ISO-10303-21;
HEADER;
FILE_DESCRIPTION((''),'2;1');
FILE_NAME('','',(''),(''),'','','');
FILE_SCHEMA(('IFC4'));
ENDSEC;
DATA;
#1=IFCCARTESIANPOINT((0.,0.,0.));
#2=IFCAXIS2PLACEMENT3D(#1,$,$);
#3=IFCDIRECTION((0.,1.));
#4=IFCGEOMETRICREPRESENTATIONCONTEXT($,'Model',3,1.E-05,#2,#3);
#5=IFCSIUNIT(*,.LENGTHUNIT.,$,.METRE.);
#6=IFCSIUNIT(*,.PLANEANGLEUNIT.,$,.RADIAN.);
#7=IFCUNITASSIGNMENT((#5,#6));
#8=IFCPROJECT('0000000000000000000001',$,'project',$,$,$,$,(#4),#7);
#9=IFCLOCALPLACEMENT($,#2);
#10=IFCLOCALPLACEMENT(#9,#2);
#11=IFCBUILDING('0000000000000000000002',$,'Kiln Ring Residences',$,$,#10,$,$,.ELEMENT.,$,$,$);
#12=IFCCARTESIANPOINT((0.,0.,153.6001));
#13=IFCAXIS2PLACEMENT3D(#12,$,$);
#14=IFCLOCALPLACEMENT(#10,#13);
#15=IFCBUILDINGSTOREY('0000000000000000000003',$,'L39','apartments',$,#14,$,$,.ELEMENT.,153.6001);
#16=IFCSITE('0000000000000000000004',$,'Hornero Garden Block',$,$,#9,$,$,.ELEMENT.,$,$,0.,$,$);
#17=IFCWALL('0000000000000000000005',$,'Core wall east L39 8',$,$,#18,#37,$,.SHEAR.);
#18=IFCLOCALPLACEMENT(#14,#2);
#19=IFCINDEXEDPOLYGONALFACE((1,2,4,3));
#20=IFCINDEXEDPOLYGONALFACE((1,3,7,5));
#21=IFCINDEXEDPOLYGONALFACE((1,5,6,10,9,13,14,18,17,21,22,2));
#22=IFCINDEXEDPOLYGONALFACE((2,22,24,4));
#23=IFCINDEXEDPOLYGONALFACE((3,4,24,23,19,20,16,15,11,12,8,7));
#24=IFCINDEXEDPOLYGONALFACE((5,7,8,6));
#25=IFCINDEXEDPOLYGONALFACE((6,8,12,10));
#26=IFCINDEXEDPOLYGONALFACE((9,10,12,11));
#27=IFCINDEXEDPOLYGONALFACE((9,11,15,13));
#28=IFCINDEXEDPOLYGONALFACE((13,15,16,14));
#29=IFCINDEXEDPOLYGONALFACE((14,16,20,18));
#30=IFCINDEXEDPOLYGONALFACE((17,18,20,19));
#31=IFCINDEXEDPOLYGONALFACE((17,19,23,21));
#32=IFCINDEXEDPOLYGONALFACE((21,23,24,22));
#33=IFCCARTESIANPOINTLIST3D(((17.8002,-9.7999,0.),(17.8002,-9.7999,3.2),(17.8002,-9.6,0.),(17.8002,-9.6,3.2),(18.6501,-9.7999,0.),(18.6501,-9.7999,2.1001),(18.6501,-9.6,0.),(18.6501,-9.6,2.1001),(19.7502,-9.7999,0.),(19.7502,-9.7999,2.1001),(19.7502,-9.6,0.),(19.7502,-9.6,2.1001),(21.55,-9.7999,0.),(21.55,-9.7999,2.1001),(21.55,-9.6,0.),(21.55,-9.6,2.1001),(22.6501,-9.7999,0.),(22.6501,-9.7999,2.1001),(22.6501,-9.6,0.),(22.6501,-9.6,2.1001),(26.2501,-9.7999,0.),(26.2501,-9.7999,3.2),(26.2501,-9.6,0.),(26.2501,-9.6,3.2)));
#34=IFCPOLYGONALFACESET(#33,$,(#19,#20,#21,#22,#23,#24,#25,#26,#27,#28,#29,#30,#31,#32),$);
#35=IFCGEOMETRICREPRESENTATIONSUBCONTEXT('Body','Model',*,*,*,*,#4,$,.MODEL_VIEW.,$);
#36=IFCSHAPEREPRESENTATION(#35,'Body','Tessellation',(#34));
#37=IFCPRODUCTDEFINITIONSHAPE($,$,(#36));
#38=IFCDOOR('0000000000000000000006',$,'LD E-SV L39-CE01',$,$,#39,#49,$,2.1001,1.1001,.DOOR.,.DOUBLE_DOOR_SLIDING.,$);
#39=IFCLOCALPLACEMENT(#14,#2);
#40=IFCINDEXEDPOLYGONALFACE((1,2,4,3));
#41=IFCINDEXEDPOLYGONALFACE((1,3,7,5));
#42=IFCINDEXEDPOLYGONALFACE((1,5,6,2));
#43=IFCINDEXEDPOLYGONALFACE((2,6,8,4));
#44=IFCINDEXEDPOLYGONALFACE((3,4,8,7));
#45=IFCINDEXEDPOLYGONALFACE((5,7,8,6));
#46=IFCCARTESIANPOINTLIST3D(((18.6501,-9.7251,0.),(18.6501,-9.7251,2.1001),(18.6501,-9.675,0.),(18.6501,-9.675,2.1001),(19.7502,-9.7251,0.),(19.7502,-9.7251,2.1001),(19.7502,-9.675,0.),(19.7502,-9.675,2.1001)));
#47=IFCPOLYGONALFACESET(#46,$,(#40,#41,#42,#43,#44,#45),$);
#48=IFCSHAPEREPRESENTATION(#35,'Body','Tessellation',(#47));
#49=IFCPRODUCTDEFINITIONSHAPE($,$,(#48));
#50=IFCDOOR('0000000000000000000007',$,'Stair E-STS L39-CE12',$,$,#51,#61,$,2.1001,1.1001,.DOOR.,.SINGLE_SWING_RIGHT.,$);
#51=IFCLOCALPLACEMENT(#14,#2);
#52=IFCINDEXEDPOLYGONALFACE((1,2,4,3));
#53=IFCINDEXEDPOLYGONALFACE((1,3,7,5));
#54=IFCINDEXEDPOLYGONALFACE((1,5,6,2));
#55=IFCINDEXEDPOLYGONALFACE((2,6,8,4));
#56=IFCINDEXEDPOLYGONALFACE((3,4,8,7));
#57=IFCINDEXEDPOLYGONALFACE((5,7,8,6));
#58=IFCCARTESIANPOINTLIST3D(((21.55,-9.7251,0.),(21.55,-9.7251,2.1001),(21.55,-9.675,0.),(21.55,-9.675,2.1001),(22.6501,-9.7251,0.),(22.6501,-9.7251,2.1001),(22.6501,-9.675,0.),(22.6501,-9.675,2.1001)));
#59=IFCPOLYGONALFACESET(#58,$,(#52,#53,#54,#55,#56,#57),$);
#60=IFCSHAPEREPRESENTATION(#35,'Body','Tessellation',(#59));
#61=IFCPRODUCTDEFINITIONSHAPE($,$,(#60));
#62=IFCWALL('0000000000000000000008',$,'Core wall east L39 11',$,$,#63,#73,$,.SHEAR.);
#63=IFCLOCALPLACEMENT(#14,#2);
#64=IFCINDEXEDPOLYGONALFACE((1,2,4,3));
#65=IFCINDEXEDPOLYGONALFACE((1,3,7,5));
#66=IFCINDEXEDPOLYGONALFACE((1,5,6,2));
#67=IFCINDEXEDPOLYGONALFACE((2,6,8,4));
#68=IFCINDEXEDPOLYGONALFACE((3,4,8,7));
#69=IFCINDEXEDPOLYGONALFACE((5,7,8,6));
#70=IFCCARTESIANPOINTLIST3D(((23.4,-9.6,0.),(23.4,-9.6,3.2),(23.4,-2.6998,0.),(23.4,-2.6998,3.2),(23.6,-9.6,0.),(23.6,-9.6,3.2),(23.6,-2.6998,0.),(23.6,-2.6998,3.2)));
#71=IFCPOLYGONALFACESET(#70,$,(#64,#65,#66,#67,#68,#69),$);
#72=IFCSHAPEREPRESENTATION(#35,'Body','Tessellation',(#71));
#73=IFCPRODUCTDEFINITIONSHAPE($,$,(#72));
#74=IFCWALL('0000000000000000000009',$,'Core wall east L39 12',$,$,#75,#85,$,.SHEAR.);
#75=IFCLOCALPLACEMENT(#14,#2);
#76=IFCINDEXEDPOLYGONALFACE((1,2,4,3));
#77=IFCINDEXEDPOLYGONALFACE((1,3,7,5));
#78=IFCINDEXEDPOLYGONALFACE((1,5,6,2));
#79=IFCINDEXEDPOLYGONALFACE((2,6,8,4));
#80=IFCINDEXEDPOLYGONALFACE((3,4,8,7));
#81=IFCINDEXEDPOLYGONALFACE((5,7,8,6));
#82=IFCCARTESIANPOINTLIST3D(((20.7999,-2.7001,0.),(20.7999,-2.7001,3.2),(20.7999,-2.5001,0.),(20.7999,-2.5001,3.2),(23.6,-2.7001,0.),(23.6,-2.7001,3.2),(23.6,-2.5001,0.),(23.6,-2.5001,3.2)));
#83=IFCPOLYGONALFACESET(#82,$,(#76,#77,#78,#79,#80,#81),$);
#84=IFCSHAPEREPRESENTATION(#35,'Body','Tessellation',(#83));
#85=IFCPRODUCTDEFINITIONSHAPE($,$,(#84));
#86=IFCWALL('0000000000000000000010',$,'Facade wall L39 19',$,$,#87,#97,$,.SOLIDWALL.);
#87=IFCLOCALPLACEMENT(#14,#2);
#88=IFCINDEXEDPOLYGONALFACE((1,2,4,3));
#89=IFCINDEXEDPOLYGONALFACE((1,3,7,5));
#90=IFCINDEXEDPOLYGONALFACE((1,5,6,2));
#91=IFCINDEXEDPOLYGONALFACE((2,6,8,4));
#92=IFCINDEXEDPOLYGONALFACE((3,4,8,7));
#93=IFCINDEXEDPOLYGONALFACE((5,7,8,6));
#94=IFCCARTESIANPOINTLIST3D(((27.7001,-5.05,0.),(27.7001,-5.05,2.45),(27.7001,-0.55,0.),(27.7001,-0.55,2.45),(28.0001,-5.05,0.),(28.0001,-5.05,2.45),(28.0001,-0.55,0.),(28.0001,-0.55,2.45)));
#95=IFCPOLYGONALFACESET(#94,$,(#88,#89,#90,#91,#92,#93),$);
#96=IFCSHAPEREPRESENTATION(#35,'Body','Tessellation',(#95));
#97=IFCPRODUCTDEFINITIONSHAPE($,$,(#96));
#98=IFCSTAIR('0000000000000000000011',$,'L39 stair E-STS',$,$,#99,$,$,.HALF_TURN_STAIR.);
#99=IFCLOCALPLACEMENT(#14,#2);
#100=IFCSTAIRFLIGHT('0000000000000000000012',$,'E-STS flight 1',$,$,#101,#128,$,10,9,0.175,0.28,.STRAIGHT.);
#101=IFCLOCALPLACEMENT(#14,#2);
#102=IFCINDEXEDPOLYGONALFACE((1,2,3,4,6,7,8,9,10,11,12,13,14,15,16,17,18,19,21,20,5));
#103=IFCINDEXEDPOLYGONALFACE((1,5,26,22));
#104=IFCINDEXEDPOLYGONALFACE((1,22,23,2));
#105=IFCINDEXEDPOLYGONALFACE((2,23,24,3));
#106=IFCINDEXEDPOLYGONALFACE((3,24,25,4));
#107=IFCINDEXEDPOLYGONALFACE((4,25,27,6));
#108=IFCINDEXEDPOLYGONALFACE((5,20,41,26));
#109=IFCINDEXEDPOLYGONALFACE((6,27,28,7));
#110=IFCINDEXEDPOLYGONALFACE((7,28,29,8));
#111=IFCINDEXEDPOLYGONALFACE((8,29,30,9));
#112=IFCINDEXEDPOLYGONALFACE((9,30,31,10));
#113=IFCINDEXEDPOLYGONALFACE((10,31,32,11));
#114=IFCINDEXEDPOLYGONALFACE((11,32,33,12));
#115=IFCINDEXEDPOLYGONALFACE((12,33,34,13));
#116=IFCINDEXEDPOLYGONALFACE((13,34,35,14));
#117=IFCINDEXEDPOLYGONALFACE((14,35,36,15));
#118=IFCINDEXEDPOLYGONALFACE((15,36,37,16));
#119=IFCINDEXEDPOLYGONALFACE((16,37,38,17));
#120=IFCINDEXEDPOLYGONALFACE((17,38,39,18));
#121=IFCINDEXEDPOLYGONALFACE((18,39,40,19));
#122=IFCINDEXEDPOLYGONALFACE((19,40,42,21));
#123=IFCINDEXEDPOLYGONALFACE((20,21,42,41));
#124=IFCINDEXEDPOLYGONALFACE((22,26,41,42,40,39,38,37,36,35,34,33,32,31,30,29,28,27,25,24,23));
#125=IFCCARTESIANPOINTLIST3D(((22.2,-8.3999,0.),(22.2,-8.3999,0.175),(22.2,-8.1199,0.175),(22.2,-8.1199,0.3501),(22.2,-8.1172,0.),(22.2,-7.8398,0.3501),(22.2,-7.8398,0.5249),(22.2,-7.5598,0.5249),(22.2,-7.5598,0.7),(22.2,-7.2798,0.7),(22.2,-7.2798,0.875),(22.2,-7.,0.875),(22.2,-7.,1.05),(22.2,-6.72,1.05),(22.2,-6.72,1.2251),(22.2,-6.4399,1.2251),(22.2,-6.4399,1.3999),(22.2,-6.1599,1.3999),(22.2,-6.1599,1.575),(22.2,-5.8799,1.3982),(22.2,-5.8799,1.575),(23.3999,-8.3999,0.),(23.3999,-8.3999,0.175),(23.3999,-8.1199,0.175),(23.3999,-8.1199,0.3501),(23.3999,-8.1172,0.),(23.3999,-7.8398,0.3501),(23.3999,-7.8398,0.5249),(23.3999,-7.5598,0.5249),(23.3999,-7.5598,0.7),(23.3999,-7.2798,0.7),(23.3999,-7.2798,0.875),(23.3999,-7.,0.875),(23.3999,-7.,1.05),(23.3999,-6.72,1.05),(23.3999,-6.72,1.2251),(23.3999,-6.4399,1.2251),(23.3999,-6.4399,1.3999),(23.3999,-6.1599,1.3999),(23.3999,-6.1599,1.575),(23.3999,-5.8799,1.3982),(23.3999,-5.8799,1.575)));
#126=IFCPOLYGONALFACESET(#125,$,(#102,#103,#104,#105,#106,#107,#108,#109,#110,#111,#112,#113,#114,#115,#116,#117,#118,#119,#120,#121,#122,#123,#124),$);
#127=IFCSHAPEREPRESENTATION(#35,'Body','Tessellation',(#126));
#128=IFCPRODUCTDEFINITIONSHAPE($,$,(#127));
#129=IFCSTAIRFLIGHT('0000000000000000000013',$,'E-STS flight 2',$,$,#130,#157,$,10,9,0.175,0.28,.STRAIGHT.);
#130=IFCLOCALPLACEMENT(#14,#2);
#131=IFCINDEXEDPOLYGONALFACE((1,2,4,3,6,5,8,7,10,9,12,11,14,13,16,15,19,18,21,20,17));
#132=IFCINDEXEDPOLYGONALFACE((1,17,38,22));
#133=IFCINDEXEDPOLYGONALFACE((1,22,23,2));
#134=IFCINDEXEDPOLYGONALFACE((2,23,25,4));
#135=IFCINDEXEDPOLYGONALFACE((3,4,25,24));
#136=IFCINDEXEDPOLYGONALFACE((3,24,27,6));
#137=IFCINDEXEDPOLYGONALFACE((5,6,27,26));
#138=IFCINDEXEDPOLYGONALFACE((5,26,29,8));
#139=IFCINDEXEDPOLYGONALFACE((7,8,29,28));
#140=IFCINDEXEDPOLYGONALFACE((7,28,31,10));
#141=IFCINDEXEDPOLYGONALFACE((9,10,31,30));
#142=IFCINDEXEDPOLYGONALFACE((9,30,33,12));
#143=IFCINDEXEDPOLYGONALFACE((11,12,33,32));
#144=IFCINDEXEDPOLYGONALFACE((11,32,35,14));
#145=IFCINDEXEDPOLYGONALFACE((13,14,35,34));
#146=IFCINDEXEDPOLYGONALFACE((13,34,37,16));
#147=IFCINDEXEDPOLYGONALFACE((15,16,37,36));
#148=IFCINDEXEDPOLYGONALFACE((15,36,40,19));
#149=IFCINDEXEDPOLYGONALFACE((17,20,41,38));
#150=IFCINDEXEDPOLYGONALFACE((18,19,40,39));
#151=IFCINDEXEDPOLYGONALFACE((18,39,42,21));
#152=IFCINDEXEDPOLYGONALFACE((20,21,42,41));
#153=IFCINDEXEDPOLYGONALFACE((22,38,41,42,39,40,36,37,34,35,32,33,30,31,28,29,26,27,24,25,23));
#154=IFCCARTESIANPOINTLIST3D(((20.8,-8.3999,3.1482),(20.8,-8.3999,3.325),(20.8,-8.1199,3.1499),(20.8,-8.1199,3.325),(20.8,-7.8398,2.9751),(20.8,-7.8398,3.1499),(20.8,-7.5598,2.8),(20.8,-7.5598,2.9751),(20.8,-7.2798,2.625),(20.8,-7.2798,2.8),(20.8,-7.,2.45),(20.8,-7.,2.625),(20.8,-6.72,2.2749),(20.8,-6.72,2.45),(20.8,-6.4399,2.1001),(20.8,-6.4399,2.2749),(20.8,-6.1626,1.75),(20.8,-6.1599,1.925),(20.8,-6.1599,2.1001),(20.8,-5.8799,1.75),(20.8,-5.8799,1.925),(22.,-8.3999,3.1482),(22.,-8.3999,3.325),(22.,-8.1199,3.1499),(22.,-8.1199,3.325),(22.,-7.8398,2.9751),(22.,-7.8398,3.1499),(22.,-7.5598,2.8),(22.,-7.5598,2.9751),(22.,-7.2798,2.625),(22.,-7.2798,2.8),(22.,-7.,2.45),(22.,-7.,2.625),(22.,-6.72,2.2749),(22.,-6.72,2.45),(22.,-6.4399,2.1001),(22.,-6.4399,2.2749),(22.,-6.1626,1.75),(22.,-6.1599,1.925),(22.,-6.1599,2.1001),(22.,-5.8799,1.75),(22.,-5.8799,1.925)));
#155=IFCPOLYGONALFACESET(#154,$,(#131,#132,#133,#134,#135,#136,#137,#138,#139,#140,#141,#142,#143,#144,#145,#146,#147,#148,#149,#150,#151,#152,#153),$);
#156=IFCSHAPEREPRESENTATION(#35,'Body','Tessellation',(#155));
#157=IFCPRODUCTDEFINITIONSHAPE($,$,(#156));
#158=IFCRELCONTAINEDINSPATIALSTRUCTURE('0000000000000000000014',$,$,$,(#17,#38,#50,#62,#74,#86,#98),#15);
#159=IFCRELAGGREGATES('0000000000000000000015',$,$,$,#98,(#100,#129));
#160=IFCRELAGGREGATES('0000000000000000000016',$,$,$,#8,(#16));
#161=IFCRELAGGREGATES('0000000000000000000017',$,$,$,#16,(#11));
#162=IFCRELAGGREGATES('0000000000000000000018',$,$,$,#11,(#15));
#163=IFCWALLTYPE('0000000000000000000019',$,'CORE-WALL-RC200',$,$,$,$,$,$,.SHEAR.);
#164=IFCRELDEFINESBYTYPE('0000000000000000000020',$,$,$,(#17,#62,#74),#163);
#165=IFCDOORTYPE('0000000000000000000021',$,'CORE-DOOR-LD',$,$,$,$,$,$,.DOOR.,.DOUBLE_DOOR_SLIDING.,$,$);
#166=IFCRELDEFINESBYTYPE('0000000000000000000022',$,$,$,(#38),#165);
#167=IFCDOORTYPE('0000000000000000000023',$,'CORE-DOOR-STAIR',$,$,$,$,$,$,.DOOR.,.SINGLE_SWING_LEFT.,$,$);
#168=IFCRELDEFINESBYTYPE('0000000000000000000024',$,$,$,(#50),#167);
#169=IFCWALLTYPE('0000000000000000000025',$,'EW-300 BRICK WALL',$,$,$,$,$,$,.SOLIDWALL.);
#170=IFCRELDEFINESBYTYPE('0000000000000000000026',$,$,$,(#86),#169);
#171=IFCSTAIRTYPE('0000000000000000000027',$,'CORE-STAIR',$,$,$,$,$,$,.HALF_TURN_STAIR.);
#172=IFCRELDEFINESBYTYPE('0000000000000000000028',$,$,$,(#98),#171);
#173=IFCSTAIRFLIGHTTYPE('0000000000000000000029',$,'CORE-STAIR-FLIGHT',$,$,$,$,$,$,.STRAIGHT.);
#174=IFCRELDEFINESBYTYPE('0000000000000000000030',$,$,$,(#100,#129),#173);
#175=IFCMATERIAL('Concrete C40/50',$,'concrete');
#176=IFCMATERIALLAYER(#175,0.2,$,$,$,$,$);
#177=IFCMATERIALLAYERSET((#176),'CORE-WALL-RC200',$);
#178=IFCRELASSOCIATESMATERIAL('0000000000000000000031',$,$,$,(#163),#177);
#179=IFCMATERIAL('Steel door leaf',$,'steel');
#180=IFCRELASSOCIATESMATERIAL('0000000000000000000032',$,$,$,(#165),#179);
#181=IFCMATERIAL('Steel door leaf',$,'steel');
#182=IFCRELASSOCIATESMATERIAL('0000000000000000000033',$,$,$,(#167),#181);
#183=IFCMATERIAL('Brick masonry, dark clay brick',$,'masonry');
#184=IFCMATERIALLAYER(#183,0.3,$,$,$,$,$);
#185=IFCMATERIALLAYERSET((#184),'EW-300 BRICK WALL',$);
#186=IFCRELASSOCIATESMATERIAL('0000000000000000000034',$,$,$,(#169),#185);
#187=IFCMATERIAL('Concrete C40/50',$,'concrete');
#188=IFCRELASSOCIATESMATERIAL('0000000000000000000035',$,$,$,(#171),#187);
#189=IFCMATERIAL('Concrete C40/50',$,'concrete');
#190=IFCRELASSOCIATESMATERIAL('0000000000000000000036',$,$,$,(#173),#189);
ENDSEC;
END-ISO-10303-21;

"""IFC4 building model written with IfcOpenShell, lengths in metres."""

from ifc_helpers import new_model, si_unit, direction, frame, frame_2d, origin, place, context, subcontext, project, spatial, polyline, rectangle, outline, extrude, material, layer, layer_set, type_object, element, fill, aggregate, save


model = new_model("IFC4")

# Units and contexts
model_context = context("Model", 3, precision=1e-05, world=origin(), true_north=direction((0.0, 1.0)))
body_context = subcontext(model_context, "Body", "Model", "MODEL_VIEW")
ifc_project = project(units=[si_unit("LENGTHUNIT", "METRE"), si_unit("PLANEANGLEUNIT", "RADIAN")], contexts=[model_context])

# Site, building, storey
site_placement = place(None, origin())
site = spatial("IfcSite", under=ifc_project, at=site_placement, Name="Hornero Garden Block", CompositionType="ELEMENT", RefElevation=0.0)
building_placement = place(site_placement, origin())
building = spatial("IfcBuilding", under=site, at=building_placement, Name="Kiln Ring Residences", CompositionType="ELEMENT")
storey_placement = place(building_placement, frame((0.0, 0.0, 153.6001)))
storey = spatial("IfcBuildingStorey", under=building, at=storey_placement, Name="L39", Description="apartments", CompositionType="ELEMENT", Elevation=153.6001)

# Shared definitions
ifc_material_1 = material(Name="Concrete C40/50", Category="concrete")
ifc_layer_1 = layer(ifc_material_1, 0.2)
ifc_layer_set_1 = layer_set([ifc_layer_1], Name="CORE-WALL-RC200")
wall_type_1 = type_object("IfcWallType", Name="CORE-WALL-RC200", PredefinedType="SHEAR", material=ifc_layer_set_1)

# Wall, openings, doors
wall_1_placement = place(storey_placement, frame((17.8, -9.7, 0.0), z_axis=(0.0, 0.0, 1.0), x_axis=(1.0, 0.0, 0.0)))
wall_1 = element("IfcWall", 1, at=wall_1_placement, inside=storey, type_object=wall_type_1, Name="Core wall east L39 8", PredefinedType="SHEAR", context=body_context, shape_type="SweptSolid", body=[
    extrude(rectangle(XDim=8.45, YDim=0.2, at=frame_2d((4.2251, 0.0))), origin(), (0.0, 0.0, 1.0), 3.2),
])
opening_1_placement = place(wall_1_placement, frame((0.8501, 0.0, 0.0)))
opening_1 = element("IfcOpeningElement", 2, at=opening_1_placement, cuts=wall_1, PredefinedType="OPENING", context=body_context, shape_type="SweptSolid", body=[
    extrude(rectangle(XDim=1.1001, YDim=2.1001, at=frame_2d((0.55, 1.05))), frame((0.0, 0.1099, 0.0), z_axis=(0.0, -1.0, 0.0), x_axis=(1.0, 0.0, 0.0)), (0.0, 0.0, 1.0), 0.22),
])
opening_2_placement = place(wall_1_placement, frame((3.75, 0.0, 0.0)))
opening_2 = element("IfcOpeningElement", 3, at=opening_2_placement, cuts=wall_1, PredefinedType="OPENING", context=body_context, shape_type="SweptSolid", body=[
    extrude(rectangle(XDim=1.1001, YDim=2.1001, at=frame_2d((0.55, 1.05))), frame((0.0, 0.1099, 0.0), z_axis=(0.0, -1.0, 0.0), x_axis=(1.0, 0.0, 0.0)), (0.0, 0.0, 1.0), 0.22),
])
ifc_material_2 = material(Name="Steel door leaf", Category="steel")
door_type_1 = type_object("IfcDoorType", Name="CORE-DOOR-LD", OperationType="DOUBLE_DOOR_SLIDING", PredefinedType="DOOR", material=ifc_material_2)
door_1_placement = place(opening_1_placement, origin())
door_1 = element("IfcDoor", 4, at=door_1_placement, inside=storey, type_object=door_type_1, Name="LD E-SV L39-CE01", OperationType="DOUBLE_DOOR_SLIDING", OverallHeight=2.1001, OverallWidth=1.1001, PredefinedType="DOOR", context=body_context, shape_type="SweptSolid", body=[
    extrude(rectangle(XDim=1.1001, YDim=2.1001, at=frame_2d((0.55, 1.05))), frame((0.0, 0.0249, 0.0), z_axis=(0.0, -1.0, 0.0), x_axis=(1.0, 0.0, 0.0)), (0.0, 0.0, 1.0), 0.05),
])
fill(opening_1, door_1)
ifc_material_3 = material(Name="Steel door leaf", Category="steel")
door_type_2 = type_object("IfcDoorType", Name="CORE-DOOR-STAIR", OperationType="SINGLE_SWING_LEFT", PredefinedType="DOOR", material=ifc_material_3)
door_2_placement = place(opening_2_placement, origin())
door_2 = element("IfcDoor", 5, at=door_2_placement, inside=storey, type_object=door_type_2, Name="Stair E-STS L39-CE12", OperationType="SINGLE_SWING_RIGHT", OverallHeight=2.1001, OverallWidth=1.1001, PredefinedType="DOOR", context=body_context, shape_type="SweptSolid", body=[
    extrude(rectangle(XDim=1.1001, YDim=2.1001, at=frame_2d((0.55, 1.05))), frame((0.0, 0.0249, 0.0), z_axis=(0.0, -1.0, 0.0), x_axis=(1.0, 0.0, 0.0)), (0.0, 0.0, 1.0), 0.05),
])
fill(opening_2, door_2)

# Walls
wall_2_placement = place(storey_placement, frame((23.5, -9.6001, 0.0), z_axis=(0.0, 0.0, 1.0), x_axis=(0.0, 1.0, 0.0)))
element("IfcWall", 6, at=wall_2_placement, inside=storey, type_object=wall_type_1, Name="Core wall east L39 11", PredefinedType="SHEAR", context=body_context, shape_type="SweptSolid", body=[
    extrude(rectangle(XDim=6.9001, YDim=0.2, at=frame_2d((3.4502, 0.0))), origin(), (0.0, 0.0, 1.0), 3.2),
])
wall_3_placement = place(storey_placement, frame((20.8, -2.6001, 0.0), z_axis=(0.0, 0.0, 1.0), x_axis=(1.0, 0.0, 0.0)))
element("IfcWall", 7, at=wall_3_placement, inside=storey, type_object=wall_type_1, Name="Core wall east L39 12", PredefinedType="SHEAR", context=body_context, shape_type="SweptSolid", body=[
    extrude(rectangle(XDim=2.8, YDim=0.2, at=frame_2d((1.3999, 0.0))), origin(), (0.0, 0.0, 1.0), 3.2),
])
ifc_material_4 = material(Name="Brick masonry, dark clay brick", Category="masonry")
ifc_layer_2 = layer(ifc_material_4, 0.3)
ifc_layer_set_2 = layer_set([ifc_layer_2], Name="EW-300 BRICK WALL")
wall_type_2 = type_object("IfcWallType", Name="EW-300 BRICK WALL", PredefinedType="SOLIDWALL", material=ifc_layer_set_2)
wall_4_placement = place(storey_placement, frame((27.8501, -5.05, 0.0), z_axis=(0.0, 0.0, 1.0), x_axis=(0.0, 1.0, 0.0)))
element("IfcWall", 8, at=wall_4_placement, inside=storey, type_object=wall_type_2, Name="Facade wall L39 19", PredefinedType="SOLIDWALL", context=body_context, shape_type="SweptSolid", body=[
    extrude(rectangle(XDim=4.5, YDim=0.3, at=frame_2d((2.25, 0.0))), origin(), (0.0, 0.0, 1.0), 2.45),
])

# Stair, stair flights
ifc_material_5 = material(Name="Concrete C40/50", Category="concrete")
stair_type = type_object("IfcStairType", Name="CORE-STAIR", PredefinedType="HALF_TURN_STAIR", material=ifc_material_5)
stair_placement = place(storey_placement, origin())
stair = element("IfcStair", 9, at=stair_placement, inside=storey, type_object=stair_type, Name="L39 stair E-STS", PredefinedType="HALF_TURN_STAIR")
ifc_material_6 = material(Name="Concrete C40/50", Category="concrete")
stair_flight_type = type_object("IfcStairFlightType", Name="CORE-STAIR-FLIGHT", PredefinedType="STRAIGHT", material=ifc_material_6)
stair_flight_1_placement = place(storey_placement, frame((22.8, -8.3999, 0.0), z_axis=(0.0, 0.0, 1.0), x_axis=(0.0, 1.0, 0.0)))
stair_flight_1 = element("IfcStairFlight", 10, at=stair_flight_1_placement, type_object=stair_flight_type, Name="E-STS flight 1", NumberOfRisers=10, NumberOfTreads=9, PredefinedType="STRAIGHT", RiserHeight=0.175, TreadLength=0.28, context=body_context, shape_type="SweptSolid", body=[
    extrude(outline(polyline([(0.0, 0.0), (0.0, 0.175), (0.28, 0.175), (0.28, 0.3501), (0.5601, 0.3501), (0.5601, 0.5249), (0.8401, 0.5249), (0.8401, 0.7), (1.1201, 0.7), (1.1201, 0.875), (1.3999, 0.875), (1.3999, 1.05), (1.6799, 1.05), (1.6799, 1.2251), (1.96, 1.2251), (1.96, 1.3999), (2.24, 1.3999), (2.24, 1.575), (2.52, 1.575), (2.52, 1.75), (2.52, 1.3982), (0.2827, 0.0), (0.0, 0.0)])), frame((0.0, 0.6001, 0.0), z_axis=(0.0, -1.0, 0.0), x_axis=(1.0, 0.0, 0.0)), (0.0, 0.0, 1.0), 1.2),
])
stair_flight_2_placement = place(storey_placement, frame((21.3999, -5.8799, 1.75), z_axis=(0.0, 0.0, 1.0), x_axis=(0.0, -1.0, 0.0)))
stair_flight_2 = element("IfcStairFlight", 11, at=stair_flight_2_placement, type_object=stair_flight_type, Name="E-STS flight 2", NumberOfRisers=10, NumberOfTreads=9, PredefinedType="STRAIGHT", RiserHeight=0.175, TreadLength=0.28, context=body_context, shape_type="SweptSolid", body=[
    extrude(outline(polyline([(0.0, 0.0), (0.0, 0.175), (0.28, 0.175), (0.28, 0.3501), (0.5601, 0.3501), (0.5601, 0.5249), (0.8401, 0.5249), (0.8401, 0.7), (1.1201, 0.7), (1.1201, 0.875), (1.3999, 0.875), (1.3999, 1.05), (1.6799, 1.05), (1.6799, 1.2251), (1.96, 1.2251), (1.96, 1.3999), (2.24, 1.3999), (2.24, 1.575), (2.52, 1.575), (2.52, 1.75), (2.52, 1.3982), (0.2827, 0.0), (0.0, 0.0)])), frame((0.0, 0.6001, 0.0), z_axis=(0.0, -1.0, 0.0), x_axis=(1.0, 0.0, 0.0)), (0.0, 0.0, 1.0), 1.2),
])
aggregate(stair, [stair_flight_1, stair_flight_2])

save(model, "model.ifc")
